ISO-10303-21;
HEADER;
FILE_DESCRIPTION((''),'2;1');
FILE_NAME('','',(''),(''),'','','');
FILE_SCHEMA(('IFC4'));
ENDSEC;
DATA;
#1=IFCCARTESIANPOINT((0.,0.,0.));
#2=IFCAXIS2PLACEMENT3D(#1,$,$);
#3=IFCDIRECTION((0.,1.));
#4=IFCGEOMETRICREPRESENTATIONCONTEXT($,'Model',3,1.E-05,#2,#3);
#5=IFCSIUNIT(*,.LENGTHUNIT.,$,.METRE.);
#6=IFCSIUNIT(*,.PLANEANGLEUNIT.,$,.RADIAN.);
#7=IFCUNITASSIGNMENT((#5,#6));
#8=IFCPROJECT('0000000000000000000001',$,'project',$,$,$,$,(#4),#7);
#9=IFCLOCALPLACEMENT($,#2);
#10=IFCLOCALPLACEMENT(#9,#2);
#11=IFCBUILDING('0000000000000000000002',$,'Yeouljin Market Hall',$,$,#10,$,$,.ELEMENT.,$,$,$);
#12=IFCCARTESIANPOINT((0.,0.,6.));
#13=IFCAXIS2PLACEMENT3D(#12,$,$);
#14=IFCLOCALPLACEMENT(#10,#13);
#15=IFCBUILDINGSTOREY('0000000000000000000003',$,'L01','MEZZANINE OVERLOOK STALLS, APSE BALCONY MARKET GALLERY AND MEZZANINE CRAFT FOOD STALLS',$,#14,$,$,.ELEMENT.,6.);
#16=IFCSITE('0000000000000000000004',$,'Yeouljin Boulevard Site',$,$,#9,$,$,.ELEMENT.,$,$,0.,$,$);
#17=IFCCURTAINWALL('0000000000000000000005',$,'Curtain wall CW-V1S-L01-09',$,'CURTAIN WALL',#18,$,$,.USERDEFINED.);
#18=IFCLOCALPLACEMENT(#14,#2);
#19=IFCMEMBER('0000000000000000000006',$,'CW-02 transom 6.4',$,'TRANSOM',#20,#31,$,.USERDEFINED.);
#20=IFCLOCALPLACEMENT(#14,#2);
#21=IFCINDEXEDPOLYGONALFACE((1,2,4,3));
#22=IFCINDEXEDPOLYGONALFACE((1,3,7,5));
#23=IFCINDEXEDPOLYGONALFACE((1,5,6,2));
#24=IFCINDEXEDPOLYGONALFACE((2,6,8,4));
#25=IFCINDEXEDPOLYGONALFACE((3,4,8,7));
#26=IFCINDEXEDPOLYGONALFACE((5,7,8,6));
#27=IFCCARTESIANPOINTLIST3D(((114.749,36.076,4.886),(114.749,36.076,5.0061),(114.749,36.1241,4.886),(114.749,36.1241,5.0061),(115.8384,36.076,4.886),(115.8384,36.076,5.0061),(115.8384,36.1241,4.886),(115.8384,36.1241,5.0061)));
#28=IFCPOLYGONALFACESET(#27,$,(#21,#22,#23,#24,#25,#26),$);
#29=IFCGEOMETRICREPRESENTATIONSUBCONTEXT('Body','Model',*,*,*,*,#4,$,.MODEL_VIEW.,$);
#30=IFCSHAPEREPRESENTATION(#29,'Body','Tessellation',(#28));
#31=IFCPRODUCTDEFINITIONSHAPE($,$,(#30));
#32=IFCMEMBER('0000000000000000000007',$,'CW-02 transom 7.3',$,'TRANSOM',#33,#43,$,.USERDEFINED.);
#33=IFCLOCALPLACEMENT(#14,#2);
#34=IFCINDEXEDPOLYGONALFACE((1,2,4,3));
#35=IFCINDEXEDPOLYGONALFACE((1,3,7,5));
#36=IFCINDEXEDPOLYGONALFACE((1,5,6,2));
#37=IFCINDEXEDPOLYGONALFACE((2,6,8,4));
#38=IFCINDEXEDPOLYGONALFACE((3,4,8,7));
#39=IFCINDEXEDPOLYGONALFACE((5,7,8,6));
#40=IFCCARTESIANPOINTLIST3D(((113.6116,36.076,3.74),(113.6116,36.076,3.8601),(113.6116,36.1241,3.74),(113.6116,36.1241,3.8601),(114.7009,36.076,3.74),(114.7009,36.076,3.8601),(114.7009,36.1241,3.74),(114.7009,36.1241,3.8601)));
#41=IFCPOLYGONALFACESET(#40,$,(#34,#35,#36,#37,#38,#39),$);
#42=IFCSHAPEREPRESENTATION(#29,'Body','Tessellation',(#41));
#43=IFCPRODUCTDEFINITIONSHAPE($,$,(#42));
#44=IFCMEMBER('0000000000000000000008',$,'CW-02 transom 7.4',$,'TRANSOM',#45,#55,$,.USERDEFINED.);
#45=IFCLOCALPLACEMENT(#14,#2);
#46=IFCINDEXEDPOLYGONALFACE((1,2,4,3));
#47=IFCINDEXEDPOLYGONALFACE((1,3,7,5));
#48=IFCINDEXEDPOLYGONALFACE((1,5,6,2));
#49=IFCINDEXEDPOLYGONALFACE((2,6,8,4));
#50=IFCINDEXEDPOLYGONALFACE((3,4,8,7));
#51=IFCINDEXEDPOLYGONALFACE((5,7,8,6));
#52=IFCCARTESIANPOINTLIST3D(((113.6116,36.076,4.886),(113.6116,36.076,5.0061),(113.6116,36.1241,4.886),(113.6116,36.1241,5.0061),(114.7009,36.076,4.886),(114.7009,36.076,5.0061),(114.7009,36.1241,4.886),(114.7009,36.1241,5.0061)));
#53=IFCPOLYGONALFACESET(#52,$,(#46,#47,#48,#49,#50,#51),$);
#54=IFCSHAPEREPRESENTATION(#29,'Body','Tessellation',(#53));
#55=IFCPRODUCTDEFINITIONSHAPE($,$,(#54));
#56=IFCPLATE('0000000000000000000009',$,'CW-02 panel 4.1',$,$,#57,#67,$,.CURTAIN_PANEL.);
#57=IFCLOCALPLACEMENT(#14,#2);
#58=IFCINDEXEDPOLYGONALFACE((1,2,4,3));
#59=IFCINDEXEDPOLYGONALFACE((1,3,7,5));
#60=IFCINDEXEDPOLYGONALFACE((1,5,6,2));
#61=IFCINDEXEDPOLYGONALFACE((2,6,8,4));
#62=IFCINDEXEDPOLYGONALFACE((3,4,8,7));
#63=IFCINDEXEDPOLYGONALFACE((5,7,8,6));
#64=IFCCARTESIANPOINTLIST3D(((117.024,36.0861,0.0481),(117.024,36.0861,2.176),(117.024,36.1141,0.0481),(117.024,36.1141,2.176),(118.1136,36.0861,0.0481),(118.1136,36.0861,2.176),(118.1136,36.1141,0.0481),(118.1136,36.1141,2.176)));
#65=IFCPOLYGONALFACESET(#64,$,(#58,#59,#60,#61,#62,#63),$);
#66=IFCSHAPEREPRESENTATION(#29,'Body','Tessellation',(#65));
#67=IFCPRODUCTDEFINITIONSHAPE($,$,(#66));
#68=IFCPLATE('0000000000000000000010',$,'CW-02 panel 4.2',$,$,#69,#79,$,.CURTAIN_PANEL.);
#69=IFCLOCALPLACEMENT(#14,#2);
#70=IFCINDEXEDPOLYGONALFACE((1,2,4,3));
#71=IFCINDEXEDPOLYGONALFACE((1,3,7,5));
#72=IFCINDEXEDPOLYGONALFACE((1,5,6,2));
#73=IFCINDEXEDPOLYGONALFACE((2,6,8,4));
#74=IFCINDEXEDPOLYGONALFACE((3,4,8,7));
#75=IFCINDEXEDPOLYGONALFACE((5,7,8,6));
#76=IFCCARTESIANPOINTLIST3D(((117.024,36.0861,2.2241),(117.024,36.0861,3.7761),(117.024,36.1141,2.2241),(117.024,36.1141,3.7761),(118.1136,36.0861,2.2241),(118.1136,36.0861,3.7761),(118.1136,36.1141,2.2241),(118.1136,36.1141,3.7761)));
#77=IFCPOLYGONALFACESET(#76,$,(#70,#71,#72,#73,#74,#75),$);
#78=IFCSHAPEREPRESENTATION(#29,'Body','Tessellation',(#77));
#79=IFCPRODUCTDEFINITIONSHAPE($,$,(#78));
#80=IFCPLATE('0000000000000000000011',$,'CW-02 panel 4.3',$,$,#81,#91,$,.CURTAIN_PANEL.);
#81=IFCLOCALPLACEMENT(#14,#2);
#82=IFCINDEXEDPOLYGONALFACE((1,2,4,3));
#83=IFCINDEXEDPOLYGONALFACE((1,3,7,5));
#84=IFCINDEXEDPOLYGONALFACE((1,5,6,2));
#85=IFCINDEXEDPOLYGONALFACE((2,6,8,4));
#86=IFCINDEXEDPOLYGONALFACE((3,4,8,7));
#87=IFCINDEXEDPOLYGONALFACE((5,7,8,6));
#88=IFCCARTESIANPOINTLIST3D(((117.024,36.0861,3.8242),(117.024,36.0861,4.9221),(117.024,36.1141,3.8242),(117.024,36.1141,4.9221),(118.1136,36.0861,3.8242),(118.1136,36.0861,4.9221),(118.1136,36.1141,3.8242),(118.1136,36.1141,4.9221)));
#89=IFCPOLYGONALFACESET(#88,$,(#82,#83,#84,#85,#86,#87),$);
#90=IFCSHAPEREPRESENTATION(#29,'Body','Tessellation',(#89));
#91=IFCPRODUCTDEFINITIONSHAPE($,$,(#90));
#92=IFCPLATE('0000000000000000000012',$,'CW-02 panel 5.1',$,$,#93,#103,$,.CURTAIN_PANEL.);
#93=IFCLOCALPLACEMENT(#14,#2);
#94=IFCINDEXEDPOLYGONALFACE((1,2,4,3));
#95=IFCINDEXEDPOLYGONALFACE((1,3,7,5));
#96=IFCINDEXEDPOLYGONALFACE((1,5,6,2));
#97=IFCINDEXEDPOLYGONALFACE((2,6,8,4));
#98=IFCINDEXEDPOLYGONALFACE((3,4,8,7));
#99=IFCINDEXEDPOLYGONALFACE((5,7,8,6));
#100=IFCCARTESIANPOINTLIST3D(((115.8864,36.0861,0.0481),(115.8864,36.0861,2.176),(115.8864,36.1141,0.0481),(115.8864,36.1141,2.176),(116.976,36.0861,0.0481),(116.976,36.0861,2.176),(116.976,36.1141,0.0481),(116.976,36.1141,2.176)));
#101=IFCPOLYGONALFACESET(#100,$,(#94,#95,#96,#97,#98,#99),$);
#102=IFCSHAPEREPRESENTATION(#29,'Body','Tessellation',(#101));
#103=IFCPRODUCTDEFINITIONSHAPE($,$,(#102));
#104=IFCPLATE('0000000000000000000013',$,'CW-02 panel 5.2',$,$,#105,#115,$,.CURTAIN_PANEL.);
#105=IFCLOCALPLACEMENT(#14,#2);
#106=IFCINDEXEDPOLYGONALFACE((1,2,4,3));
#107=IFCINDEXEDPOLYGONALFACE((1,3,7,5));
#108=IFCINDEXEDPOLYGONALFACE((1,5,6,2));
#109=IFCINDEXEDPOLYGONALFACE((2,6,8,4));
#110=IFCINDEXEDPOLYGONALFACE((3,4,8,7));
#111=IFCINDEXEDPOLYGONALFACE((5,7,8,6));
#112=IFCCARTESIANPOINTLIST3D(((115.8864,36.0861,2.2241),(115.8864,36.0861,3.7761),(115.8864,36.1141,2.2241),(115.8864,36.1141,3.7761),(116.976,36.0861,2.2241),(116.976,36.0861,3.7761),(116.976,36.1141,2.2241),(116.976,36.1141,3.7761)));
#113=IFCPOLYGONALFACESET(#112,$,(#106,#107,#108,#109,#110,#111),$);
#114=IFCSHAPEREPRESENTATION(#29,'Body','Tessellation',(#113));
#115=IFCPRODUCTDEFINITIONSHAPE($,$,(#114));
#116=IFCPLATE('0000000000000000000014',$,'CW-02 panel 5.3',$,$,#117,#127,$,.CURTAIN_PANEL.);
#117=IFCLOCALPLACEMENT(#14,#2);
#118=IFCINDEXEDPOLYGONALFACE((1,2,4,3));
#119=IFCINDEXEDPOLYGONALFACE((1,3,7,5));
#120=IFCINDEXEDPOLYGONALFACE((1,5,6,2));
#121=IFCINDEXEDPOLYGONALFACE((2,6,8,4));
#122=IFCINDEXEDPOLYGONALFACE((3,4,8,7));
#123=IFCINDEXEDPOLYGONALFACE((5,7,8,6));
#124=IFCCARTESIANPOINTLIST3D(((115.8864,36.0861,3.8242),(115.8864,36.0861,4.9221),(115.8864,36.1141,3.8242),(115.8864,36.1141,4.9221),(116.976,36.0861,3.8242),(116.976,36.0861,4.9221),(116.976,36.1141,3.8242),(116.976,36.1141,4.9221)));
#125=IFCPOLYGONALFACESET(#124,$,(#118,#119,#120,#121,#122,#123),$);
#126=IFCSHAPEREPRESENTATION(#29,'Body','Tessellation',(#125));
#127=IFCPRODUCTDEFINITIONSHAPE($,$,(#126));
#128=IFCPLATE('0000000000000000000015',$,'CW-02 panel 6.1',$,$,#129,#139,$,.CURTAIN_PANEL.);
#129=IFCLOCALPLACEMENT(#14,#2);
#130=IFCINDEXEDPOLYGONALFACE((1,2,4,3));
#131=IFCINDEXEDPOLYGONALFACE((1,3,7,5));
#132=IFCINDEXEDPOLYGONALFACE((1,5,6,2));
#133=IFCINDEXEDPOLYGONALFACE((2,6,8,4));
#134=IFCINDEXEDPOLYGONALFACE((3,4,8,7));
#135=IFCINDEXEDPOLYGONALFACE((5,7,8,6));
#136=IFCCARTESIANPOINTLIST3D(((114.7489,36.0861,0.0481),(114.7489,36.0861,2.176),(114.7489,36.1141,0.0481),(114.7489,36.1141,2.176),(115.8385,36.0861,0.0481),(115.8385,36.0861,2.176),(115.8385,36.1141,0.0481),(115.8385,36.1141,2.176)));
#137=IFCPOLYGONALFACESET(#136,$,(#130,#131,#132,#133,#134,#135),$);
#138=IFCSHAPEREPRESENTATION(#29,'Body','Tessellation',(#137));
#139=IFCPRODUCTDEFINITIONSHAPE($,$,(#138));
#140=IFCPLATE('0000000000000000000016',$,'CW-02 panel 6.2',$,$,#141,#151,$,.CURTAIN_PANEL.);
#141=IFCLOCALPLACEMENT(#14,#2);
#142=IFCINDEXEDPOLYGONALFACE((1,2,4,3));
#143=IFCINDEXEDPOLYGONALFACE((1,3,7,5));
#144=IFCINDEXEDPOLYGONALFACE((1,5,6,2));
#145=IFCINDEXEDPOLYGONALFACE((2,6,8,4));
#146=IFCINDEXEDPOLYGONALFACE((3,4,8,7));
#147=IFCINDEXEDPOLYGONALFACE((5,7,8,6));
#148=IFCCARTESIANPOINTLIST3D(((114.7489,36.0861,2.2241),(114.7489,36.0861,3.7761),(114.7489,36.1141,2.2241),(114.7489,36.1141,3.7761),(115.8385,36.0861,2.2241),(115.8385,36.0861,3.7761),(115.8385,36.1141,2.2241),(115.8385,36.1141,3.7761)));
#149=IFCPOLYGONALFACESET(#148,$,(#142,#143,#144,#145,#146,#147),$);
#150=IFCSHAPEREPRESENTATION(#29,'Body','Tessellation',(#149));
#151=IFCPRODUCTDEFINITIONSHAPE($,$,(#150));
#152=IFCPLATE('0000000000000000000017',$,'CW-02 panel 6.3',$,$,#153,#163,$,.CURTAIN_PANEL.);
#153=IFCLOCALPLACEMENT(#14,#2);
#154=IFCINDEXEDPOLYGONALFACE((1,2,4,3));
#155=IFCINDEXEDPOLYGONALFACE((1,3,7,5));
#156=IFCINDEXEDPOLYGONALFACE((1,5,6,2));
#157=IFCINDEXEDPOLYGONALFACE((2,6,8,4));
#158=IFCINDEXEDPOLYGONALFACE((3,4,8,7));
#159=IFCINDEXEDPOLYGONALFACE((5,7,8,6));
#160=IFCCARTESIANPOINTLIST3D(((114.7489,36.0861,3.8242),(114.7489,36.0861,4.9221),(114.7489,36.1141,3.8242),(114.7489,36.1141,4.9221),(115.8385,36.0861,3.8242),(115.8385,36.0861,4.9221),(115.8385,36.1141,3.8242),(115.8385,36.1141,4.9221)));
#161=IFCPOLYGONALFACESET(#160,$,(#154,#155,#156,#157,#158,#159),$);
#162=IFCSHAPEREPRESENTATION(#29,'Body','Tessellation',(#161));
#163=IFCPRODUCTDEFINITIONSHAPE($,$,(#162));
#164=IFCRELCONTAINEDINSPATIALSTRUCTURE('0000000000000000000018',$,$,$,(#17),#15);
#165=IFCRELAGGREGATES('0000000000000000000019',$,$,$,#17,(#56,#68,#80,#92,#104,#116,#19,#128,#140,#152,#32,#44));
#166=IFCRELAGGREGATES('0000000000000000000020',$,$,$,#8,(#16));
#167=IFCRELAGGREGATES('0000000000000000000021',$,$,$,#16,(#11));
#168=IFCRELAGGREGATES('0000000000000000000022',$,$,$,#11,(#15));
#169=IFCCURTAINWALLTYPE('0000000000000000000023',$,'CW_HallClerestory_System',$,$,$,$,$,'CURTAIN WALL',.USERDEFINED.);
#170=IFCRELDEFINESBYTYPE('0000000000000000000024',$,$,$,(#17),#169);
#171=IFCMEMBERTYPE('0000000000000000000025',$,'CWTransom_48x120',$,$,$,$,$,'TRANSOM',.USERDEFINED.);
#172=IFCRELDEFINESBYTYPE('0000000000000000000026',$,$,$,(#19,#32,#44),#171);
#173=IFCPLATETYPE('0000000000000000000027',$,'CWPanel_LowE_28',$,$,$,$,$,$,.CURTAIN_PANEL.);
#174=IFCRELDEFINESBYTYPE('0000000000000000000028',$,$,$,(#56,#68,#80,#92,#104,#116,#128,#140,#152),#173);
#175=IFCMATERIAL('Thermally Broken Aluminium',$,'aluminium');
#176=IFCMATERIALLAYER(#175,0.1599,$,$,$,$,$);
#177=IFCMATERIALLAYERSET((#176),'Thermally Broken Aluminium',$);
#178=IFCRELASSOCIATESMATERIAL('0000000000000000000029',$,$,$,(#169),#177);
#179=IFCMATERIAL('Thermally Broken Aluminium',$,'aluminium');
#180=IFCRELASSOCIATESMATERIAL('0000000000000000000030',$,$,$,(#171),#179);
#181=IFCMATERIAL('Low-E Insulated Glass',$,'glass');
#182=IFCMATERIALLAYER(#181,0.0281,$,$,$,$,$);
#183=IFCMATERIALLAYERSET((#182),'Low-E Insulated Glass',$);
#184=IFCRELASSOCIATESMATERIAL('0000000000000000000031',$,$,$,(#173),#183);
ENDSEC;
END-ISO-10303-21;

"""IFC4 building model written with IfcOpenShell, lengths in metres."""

from ifc_helpers import new_model, si_unit, direction, frame, origin, origin_2d, place, context, subcontext, project, spatial, rectangle, extrude, material, layer, layer_set, material_profile, profile_set, type_object, element, aggregate, save


model = new_model("IFC4")

# Units and contexts
model_context = context("Model", 3, precision=1e-05, world=origin(), true_north=direction((0.0, 1.0)))
body_context = subcontext(model_context, "Body", "Model", "MODEL_VIEW")
ifc_project = project(units=[si_unit("LENGTHUNIT", "METRE"), si_unit("PLANEANGLEUNIT", "RADIAN")], contexts=[model_context])

# Site, building, storey
site_placement = place(None, origin())
site = spatial("IfcSite", under=ifc_project, at=site_placement, Name="Yeouljin Boulevard Site", CompositionType="ELEMENT", RefElevation=0.0)
building_placement = place(site_placement, origin())
building = spatial("IfcBuilding", under=site, at=building_placement, Name="Yeouljin Market Hall", CompositionType="ELEMENT")
storey_placement = place(building_placement, frame((0.0, 0.0, 6.0)))
storey = spatial("IfcBuildingStorey", under=building, at=storey_placement, Name="L01", Description="MEZZANINE OVERLOOK STALLS, APSE BALCONY MARKET GALLERY AND MEZZANINE CRAFT FOOD STALLS", CompositionType="ELEMENT", Elevation=6.0)

# Curtain wall, members, plates
ifc_material_1 = material(Name="Thermally Broken Aluminium", Category="aluminium")
ifc_layer_1 = layer(ifc_material_1, 0.1599)
ifc_layer_set_1 = layer_set([ifc_layer_1], Name="Thermally Broken Aluminium")
curtain_wall_type = type_object("IfcCurtainWallType", Name="CW_HallClerestory_System", ElementType="CURTAIN WALL", PredefinedType="USERDEFINED", material=ifc_layer_set_1)
curtain_wall_placement = place(storey_placement, origin())
curtain_wall = element("IfcCurtainWall", 1, at=curtain_wall_placement, inside=storey, type_object=curtain_wall_type, Name="Curtain wall CW-V1S-L01-09", ObjectType="CURTAIN WALL", PredefinedType="USERDEFINED")
ifc_material_2 = material(Name="Thermally Broken Aluminium", Category="aluminium")
ifc_material_profile_1 = material_profile(ifc_material_2, rectangle(XDim=0.0481, YDim=0.1201, at=origin_2d()), Name="CW-TRAN-48x120")
ifc_profile_set_1 = profile_set([ifc_material_profile_1], Name="Thermally Broken Aluminium")
member_type_1 = type_object("IfcMemberType", Name="CWTransom_48x120", ElementType="TRANSOM", PredefinedType="USERDEFINED", material=ifc_profile_set_1)
member_1_placement = place(storey_placement, frame((115.8384, 36.1001, 4.946), z_axis=(-1.0, 0.0, 0.0), x_axis=(0.0, -1.0, 0.0)))
member_1 = element("IfcMember", 2, at=member_1_placement, type_object=member_type_1, Name="CW-02 transom 6.4", ObjectType="TRANSOM", PredefinedType="USERDEFINED", context=body_context, shape_type="SweptSolid", body=[
    extrude(rectangle(XDim=0.0481, YDim=0.1201, at=origin_2d()), origin(), (0.0, 0.0, 1.0), 1.0894),
])
member_2_placement = place(storey_placement, frame((114.7009, 36.1001, 3.8), z_axis=(-1.0, 0.0, 0.0), x_axis=(0.0, -1.0, 0.0)))
member_2 = element("IfcMember", 3, at=member_2_placement, type_object=member_type_1, Name="CW-02 transom 7.3", ObjectType="TRANSOM", PredefinedType="USERDEFINED", context=body_context, shape_type="SweptSolid", body=[
    extrude(rectangle(XDim=0.0481, YDim=0.1201, at=origin_2d()), origin(), (0.0, 0.0, 1.0), 1.0894),
])
member_3_placement = place(storey_placement, frame((114.7009, 36.1001, 4.946), z_axis=(-1.0, 0.0, 0.0), x_axis=(0.0, -1.0, 0.0)))
member_3 = element("IfcMember", 4, at=member_3_placement, type_object=member_type_1, Name="CW-02 transom 7.4", ObjectType="TRANSOM", PredefinedType="USERDEFINED", context=body_context, shape_type="SweptSolid", body=[
    extrude(rectangle(XDim=0.0481, YDim=0.1201, at=origin_2d()), origin(), (0.0, 0.0, 1.0), 1.0894),
])
ifc_material_3 = material(Name="Low-E Insulated Glass", Category="glass")
ifc_layer_2 = layer(ifc_material_3, 0.0281)
ifc_layer_set_2 = layer_set([ifc_layer_2], Name="Low-E Insulated Glass")
plate_type = type_object("IfcPlateType", Name="CWPanel_LowE_28", PredefinedType="CURTAIN_PANEL", material=ifc_layer_set_2)
plate_1_placement = place(storey_placement, frame((117.5688, 36.1001, 0.0481), z_axis=(0.0, 0.0, 1.0), x_axis=(-1.0, 0.0, 0.0)))
plate_1 = element("IfcPlate", 5, at=plate_1_placement, type_object=plate_type, Name="CW-02 panel 4.1", PredefinedType="CURTAIN_PANEL", context=body_context, shape_type="SweptSolid", body=[
    extrude(rectangle(XDim=1.0896, YDim=0.0281, at=origin_2d()), origin(), (0.0, 0.0, 1.0), 2.1279),
])
plate_2_placement = place(storey_placement, frame((117.5688, 36.1001, 2.2241), z_axis=(0.0, 0.0, 1.0), x_axis=(-1.0, 0.0, 0.0)))
plate_2 = element("IfcPlate", 6, at=plate_2_placement, type_object=plate_type, Name="CW-02 panel 4.2", PredefinedType="CURTAIN_PANEL", context=body_context, shape_type="SweptSolid", body=[
    extrude(rectangle(XDim=1.0896, YDim=0.0281, at=origin_2d()), origin(), (0.0, 0.0, 1.0), 1.552),
])
plate_3_placement = place(storey_placement, frame((117.5688, 36.1001, 3.8242), z_axis=(0.0, 0.0, 1.0), x_axis=(-1.0, 0.0, 0.0)))
plate_3 = element("IfcPlate", 7, at=plate_3_placement, type_object=plate_type, Name="CW-02 panel 4.3", PredefinedType="CURTAIN_PANEL", context=body_context, shape_type="SweptSolid", body=[
    extrude(rectangle(XDim=1.0896, YDim=0.0281, at=origin_2d()), origin(), (0.0, 0.0, 1.0), 1.0979),
])
plate_4_placement = place(storey_placement, frame((116.4312, 36.1001, 0.0481), z_axis=(0.0, 0.0, 1.0), x_axis=(-1.0, 0.0, 0.0)))
plate_4 = element("IfcPlate", 8, at=plate_4_placement, type_object=plate_type, Name="CW-02 panel 5.1", PredefinedType="CURTAIN_PANEL", context=body_context, shape_type="SweptSolid", body=[
    extrude(rectangle(XDim=1.0896, YDim=0.0281, at=origin_2d()), origin(), (0.0, 0.0, 1.0), 2.1279),
])
plate_5_placement = place(storey_placement, frame((116.4312, 36.1001, 2.2241), z_axis=(0.0, 0.0, 1.0), x_axis=(-1.0, 0.0, 0.0)))
plate_5 = element("IfcPlate", 9, at=plate_5_placement, type_object=plate_type, Name="CW-02 panel 5.2", PredefinedType="CURTAIN_PANEL", context=body_context, shape_type="SweptSolid", body=[
    extrude(rectangle(XDim=1.0896, YDim=0.0281, at=origin_2d()), origin(), (0.0, 0.0, 1.0), 1.552),
])
plate_6_placement = place(storey_placement, frame((116.4312, 36.1001, 3.8242), z_axis=(0.0, 0.0, 1.0), x_axis=(-1.0, 0.0, 0.0)))
plate_6 = element("IfcPlate", 10, at=plate_6_placement, type_object=plate_type, Name="CW-02 panel 5.3", PredefinedType="CURTAIN_PANEL", context=body_context, shape_type="SweptSolid", body=[
    extrude(rectangle(XDim=1.0896, YDim=0.0281, at=origin_2d()), origin(), (0.0, 0.0, 1.0), 1.0979),
])
plate_7_placement = place(storey_placement, frame((115.2937, 36.1001, 0.0481), z_axis=(0.0, 0.0, 1.0), x_axis=(-1.0, 0.0, 0.0)))
plate_7 = element("IfcPlate", 11, at=plate_7_placement, type_object=plate_type, Name="CW-02 panel 6.1", PredefinedType="CURTAIN_PANEL", context=body_context, shape_type="SweptSolid", body=[
    extrude(rectangle(XDim=1.0896, YDim=0.0281, at=origin_2d()), origin(), (0.0, 0.0, 1.0), 2.1279),
])
plate_8_placement = place(storey_placement, frame((115.2937, 36.1001, 2.2241), z_axis=(0.0, 0.0, 1.0), x_axis=(-1.0, 0.0, 0.0)))
plate_8 = element("IfcPlate", 12, at=plate_8_placement, type_object=plate_type, Name="CW-02 panel 6.2", PredefinedType="CURTAIN_PANEL", context=body_context, shape_type="SweptSolid", body=[
    extrude(rectangle(XDim=1.0896, YDim=0.0281, at=origin_2d()), origin(), (0.0, 0.0, 1.0), 1.552),
])
plate_9_placement = place(storey_placement, frame((115.2937, 36.1001, 3.8242), z_axis=(0.0, 0.0, 1.0), x_axis=(-1.0, 0.0, 0.0)))
plate_9 = element("IfcPlate", 13, at=plate_9_placement, type_object=plate_type, Name="CW-02 panel 6.3", PredefinedType="CURTAIN_PANEL", context=body_context, shape_type="SweptSolid", body=[
    extrude(rectangle(XDim=1.0896, YDim=0.0281, at=origin_2d()), origin(), (0.0, 0.0, 1.0), 1.0979),
])
aggregate(curtain_wall, [plate_1, plate_2, plate_3, plate_4, plate_5, plate_6, member_1, plate_7, plate_8, plate_9, member_2, member_3])

save(model, "model.ifc")
